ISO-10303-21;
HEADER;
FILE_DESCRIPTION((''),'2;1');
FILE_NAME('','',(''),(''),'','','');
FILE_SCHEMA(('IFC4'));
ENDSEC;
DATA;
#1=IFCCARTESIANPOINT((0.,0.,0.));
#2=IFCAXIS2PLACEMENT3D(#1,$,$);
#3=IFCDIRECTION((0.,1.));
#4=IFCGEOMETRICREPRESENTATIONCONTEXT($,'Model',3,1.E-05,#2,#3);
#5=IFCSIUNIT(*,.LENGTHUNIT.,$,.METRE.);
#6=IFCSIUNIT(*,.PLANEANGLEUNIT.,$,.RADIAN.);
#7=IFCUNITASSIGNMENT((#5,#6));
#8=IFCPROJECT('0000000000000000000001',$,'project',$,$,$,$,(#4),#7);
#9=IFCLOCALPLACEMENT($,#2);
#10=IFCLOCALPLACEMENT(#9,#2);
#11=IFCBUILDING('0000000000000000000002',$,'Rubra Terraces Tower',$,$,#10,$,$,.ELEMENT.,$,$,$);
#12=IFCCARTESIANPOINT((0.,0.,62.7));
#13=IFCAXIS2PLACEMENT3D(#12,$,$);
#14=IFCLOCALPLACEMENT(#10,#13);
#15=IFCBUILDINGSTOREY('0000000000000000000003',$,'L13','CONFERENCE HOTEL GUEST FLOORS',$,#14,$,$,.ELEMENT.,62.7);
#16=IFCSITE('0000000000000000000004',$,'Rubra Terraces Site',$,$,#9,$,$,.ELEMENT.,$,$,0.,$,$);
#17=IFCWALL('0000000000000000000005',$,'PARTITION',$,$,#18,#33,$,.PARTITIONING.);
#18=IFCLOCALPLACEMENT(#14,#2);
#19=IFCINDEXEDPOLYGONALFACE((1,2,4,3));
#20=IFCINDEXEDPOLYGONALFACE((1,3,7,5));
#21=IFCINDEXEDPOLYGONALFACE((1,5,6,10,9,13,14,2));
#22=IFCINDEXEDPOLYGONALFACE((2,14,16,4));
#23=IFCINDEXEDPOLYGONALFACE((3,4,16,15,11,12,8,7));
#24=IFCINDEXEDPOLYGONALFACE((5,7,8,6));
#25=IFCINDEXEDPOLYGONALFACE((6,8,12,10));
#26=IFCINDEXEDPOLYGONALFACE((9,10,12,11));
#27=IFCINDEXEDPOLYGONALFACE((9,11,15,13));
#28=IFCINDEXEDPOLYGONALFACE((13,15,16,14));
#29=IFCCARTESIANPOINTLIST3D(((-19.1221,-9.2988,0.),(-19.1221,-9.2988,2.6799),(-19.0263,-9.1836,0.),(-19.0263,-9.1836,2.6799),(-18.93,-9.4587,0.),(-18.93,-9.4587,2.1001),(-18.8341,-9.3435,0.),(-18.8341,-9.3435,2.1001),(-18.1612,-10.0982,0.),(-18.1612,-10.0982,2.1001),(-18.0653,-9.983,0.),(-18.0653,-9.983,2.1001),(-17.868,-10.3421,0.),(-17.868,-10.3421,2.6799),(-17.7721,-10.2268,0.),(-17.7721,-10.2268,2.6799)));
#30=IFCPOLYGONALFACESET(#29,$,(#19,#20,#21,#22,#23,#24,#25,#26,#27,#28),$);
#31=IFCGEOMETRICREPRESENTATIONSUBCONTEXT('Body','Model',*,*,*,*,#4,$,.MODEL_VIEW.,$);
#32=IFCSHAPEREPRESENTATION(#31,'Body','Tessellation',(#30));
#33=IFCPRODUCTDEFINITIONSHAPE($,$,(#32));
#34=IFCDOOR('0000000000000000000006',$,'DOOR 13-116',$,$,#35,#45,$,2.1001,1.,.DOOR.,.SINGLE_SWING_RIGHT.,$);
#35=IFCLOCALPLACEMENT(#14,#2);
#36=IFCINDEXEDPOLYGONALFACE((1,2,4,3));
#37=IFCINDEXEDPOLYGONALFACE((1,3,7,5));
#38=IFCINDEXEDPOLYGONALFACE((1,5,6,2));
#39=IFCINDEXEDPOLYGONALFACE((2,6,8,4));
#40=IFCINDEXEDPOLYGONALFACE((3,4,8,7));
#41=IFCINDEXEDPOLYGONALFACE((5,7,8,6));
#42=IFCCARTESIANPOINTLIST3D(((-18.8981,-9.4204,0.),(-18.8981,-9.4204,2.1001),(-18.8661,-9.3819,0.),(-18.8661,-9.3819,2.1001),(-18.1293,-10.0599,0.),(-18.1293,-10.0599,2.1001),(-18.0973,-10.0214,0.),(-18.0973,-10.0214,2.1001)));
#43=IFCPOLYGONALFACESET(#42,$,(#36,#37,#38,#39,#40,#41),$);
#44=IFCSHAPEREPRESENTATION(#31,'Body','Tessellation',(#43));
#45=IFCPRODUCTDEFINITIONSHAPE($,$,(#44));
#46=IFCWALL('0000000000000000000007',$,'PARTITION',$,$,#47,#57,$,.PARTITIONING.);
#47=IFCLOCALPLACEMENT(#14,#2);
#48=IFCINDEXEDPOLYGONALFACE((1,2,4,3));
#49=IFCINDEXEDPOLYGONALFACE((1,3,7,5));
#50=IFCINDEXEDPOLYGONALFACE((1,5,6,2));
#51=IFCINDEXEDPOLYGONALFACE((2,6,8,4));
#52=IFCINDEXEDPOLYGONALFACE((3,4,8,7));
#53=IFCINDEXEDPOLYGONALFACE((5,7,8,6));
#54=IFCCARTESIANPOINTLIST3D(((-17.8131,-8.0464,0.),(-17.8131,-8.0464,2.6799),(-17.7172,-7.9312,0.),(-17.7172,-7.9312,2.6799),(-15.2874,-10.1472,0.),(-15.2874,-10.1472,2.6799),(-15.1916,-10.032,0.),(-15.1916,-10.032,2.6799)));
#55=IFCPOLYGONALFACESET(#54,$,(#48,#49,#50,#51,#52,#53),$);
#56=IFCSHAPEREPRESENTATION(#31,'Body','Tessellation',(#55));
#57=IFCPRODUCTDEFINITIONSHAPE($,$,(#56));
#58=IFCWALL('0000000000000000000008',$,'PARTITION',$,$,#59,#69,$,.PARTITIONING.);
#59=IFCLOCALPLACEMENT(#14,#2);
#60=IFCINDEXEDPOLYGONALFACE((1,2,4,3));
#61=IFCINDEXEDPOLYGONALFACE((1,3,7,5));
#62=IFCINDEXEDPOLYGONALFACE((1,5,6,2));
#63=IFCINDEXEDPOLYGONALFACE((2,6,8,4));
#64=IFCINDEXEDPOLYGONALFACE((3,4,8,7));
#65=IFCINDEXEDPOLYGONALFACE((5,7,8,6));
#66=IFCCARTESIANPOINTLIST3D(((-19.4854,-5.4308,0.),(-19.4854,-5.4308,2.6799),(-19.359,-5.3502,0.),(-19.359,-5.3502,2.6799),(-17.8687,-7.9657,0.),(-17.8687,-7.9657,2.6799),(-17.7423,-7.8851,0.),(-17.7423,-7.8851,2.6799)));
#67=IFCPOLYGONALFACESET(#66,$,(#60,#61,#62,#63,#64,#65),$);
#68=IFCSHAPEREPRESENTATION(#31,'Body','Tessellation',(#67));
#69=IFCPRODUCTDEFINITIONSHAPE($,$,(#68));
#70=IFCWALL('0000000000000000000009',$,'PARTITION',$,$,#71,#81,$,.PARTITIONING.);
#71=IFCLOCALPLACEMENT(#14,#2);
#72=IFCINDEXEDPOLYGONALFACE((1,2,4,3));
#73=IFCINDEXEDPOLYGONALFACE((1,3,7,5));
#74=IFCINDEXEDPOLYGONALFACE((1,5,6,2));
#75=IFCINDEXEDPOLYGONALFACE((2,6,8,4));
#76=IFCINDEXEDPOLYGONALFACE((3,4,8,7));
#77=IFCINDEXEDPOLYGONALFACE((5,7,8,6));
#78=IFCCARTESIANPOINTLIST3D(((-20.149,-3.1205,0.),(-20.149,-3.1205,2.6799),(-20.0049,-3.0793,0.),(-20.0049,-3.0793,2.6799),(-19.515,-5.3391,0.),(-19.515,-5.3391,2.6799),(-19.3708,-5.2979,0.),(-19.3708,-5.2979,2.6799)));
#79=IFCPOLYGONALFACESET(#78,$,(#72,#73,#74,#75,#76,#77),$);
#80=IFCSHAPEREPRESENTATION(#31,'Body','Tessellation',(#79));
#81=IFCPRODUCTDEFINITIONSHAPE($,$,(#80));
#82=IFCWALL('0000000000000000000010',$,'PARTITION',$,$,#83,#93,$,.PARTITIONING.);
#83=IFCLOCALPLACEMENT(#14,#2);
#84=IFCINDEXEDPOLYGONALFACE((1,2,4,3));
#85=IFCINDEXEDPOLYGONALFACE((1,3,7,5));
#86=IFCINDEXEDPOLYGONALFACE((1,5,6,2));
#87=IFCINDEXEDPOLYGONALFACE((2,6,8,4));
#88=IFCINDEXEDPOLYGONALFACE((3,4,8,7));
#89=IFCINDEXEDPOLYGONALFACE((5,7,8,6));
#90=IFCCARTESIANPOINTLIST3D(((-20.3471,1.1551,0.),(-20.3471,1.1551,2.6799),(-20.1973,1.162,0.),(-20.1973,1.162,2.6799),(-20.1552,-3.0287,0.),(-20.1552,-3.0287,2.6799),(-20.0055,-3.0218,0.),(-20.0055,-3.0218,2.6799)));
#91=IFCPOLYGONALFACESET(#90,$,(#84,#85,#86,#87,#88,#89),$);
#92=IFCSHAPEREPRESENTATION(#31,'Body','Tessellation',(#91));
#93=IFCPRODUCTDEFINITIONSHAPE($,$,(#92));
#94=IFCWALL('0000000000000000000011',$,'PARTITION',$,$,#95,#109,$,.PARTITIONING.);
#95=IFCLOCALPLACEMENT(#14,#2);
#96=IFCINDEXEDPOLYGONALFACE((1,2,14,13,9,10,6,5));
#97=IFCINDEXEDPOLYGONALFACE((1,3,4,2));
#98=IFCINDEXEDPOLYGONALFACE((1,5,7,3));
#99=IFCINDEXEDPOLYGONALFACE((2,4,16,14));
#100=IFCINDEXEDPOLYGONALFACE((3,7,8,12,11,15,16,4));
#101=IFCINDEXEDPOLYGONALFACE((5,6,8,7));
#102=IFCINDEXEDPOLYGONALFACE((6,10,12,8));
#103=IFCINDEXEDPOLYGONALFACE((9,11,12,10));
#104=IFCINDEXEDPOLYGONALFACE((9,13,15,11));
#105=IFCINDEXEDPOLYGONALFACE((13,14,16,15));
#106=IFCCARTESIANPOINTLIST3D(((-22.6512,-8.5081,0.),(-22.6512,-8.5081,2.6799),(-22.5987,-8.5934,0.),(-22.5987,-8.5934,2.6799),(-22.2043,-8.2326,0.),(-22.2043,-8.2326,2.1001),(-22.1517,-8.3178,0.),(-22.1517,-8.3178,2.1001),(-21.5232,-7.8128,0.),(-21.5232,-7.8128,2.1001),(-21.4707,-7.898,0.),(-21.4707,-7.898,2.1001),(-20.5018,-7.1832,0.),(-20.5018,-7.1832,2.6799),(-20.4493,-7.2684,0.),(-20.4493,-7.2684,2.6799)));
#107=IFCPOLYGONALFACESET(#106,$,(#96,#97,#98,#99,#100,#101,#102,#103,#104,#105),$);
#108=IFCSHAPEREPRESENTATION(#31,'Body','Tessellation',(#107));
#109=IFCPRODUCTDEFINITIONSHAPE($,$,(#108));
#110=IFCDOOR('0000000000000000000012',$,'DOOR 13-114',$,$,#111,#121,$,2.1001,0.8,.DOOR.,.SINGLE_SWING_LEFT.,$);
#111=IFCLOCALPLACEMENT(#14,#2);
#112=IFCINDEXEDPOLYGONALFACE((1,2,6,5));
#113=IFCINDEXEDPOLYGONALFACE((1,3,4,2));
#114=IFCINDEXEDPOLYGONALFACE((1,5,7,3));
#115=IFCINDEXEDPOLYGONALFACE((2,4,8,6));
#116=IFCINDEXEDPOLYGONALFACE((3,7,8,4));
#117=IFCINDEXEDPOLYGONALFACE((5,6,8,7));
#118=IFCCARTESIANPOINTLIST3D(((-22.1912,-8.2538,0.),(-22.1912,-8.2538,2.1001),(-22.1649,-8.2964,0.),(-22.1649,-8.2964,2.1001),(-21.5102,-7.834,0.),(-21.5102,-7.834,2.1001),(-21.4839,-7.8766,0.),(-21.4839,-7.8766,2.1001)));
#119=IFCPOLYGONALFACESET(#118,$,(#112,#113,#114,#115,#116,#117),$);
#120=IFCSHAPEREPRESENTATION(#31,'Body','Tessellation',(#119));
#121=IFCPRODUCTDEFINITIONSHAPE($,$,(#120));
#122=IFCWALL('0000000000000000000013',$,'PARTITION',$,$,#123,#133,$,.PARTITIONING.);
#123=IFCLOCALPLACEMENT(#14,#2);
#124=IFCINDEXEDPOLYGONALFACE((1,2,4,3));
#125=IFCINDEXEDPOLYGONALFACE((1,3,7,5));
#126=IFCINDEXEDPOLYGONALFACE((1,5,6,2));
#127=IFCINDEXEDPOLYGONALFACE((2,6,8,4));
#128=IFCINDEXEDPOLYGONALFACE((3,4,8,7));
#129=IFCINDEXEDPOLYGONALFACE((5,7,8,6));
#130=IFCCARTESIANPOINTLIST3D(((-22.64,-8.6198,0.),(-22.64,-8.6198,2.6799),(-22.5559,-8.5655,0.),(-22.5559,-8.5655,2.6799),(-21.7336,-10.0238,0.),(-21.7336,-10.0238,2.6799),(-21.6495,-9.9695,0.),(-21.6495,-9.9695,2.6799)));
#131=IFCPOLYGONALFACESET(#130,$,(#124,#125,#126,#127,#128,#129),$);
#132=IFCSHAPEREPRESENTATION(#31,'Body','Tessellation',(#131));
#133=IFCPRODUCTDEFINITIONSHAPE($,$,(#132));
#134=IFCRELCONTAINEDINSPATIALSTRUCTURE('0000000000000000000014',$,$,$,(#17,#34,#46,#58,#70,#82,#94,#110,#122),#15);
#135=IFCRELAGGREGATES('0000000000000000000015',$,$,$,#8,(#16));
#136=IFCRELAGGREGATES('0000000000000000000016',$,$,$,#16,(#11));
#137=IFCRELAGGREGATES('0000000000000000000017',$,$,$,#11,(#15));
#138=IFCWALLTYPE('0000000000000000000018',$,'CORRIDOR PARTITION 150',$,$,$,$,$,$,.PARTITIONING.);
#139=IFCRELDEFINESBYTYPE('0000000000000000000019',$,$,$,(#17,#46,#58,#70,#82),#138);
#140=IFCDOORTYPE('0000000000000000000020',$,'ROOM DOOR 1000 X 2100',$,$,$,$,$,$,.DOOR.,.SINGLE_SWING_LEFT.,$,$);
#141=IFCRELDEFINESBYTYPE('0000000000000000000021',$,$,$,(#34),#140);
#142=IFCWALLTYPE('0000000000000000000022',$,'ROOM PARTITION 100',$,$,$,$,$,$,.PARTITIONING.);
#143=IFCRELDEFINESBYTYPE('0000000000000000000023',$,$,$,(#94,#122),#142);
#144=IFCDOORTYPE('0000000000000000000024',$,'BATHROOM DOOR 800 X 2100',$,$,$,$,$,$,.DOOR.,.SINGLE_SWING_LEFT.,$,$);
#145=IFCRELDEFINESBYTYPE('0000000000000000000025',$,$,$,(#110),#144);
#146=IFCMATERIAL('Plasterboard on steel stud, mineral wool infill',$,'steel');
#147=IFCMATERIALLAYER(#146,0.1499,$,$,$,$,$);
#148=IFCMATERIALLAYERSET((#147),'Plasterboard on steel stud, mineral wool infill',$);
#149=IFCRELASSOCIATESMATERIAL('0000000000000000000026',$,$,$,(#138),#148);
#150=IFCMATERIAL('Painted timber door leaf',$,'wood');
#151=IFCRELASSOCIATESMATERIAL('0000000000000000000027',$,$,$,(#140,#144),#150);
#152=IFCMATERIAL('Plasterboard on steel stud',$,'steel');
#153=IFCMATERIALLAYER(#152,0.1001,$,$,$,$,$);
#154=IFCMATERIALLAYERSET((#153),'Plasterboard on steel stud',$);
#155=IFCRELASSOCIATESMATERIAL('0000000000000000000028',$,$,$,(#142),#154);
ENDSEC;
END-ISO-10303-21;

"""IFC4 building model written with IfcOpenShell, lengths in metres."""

from ifc_helpers import new_model, si_unit, direction, frame, frame_2d, origin, place, context, subcontext, project, spatial, rectangle, extrude, material, layer, layer_set, type_object, element, fill, save


model = new_model("IFC4")

# Units and contexts
model_context = context("Model", 3, precision=1e-05, world=origin(), true_north=direction((0.0, 1.0)))
body_context = subcontext(model_context, "Body", "Model", "MODEL_VIEW")
ifc_project = project(units=[si_unit("LENGTHUNIT", "METRE"), si_unit("PLANEANGLEUNIT", "RADIAN")], contexts=[model_context])

# Site, building, storey
site_placement = place(None, origin())
site = spatial("IfcSite", under=ifc_project, at=site_placement, Name="Rubra Terraces Site", CompositionType="ELEMENT", RefElevation=0.0)
building_placement = place(site_placement, origin())
building = spatial("IfcBuilding", under=site, at=building_placement, Name="Rubra Terraces Tower", CompositionType="ELEMENT")
storey_placement = place(building_placement, frame((0.0, 0.0, 62.7)))
storey = spatial("IfcBuildingStorey", under=building, at=storey_placement, Name="L13", Description="CONFERENCE HOTEL GUEST FLOORS", CompositionType="ELEMENT", Elevation=62.7)

# Shared definitions
ifc_material_1 = material(Name="Plasterboard on steel stud, mineral wool infill", Category="steel")
ifc_layer_1 = layer(ifc_material_1, 0.1499)
ifc_layer_set_1 = layer_set([ifc_layer_1], Name="Plasterboard on steel stud, mineral wool infill")
wall_type_1 = type_object("IfcWallType", Name="CORRIDOR PARTITION 150", PredefinedType="PARTITIONING", material=ifc_layer_set_1)

# Wall, opening, door
wall_1_placement = place(storey_placement, frame((-19.0742, -9.2412, 0.0), z_axis=(0.0, 0.0, 1.0), x_axis=(0.768798, -0.639492, 0.0)))
wall_1 = element("IfcWall", 1, at=wall_1_placement, inside=storey, type_object=wall_type_1, Name="PARTITION", PredefinedType="PARTITIONING", context=body_context, shape_type="SweptSolid", body=[
    extrude(rectangle(XDim=1.6313, YDim=0.1499, at=frame_2d((0.8157, 0.0))), origin(), (0.0, 0.0, 1.0), 2.6799),
])
opening_1_placement = place(wall_1_placement, frame((0.25, 0.0, 0.0)))
opening_1 = element("IfcOpeningElement", 2, at=opening_1_placement, cuts=wall_1, PredefinedType="OPENING", context=body_context, shape_type="SweptSolid", body=[
    extrude(rectangle(XDim=1.0, YDim=2.1001, at=frame_2d((0.5, 1.05))), frame((0.0, 0.085, 0.0), z_axis=(0.0, -1.0, 0.0), x_axis=(1.0, 0.0, 0.0)), (0.0, 0.0, 1.0), 0.1699),
])
ifc_material_2 = material(Name="Painted timber door leaf", Category="wood")
door_type_1 = type_object("IfcDoorType", Name="ROOM DOOR 1000 X 2100", OperationType="SINGLE_SWING_LEFT", PredefinedType="DOOR", material=ifc_material_2)
door_1_placement = place(opening_1_placement, origin())
door_1 = element("IfcDoor", 3, at=door_1_placement, inside=storey, type_object=door_type_1, Name="DOOR 13-116", OperationType="SINGLE_SWING_RIGHT", OverallHeight=2.1001, OverallWidth=1.0, PredefinedType="DOOR", context=body_context, shape_type="SweptSolid", body=[
    extrude(rectangle(XDim=1.0, YDim=2.1001, at=frame_2d((0.5, 1.05))), frame((0.0, 0.0249, 0.0), z_axis=(0.0, -1.0, 0.0), x_axis=(1.0, 0.0, 0.0)), (0.0, 0.0, 1.0), 0.05),
])
fill(opening_1, door_1)

# Walls
wall_2_placement = place(storey_placement, frame((-15.2395, -10.0896, 0.0), z_axis=(0.0, 0.0, 1.0), x_axis=(-0.7688, 0.63949, 0.0)))
element("IfcWall", 4, at=wall_2_placement, inside=storey, type_object=wall_type_1, Name="PARTITION", PredefinedType="PARTITIONING", context=body_context, shape_type="SweptSolid", body=[
    extrude(rectangle(XDim=3.2852, YDim=0.1499, at=frame_2d((1.6426, 0.0))), origin(), (0.0, 0.0, 1.0), 2.6799),
])
wall_3_placement = place(storey_placement, frame((-17.8054, -7.9255, 0.0), z_axis=(0.0, 0.0, 1.0), x_axis=(-0.537721, 0.843123, 0.0)))
element("IfcWall", 5, at=wall_3_placement, inside=storey, type_object=wall_type_1, Name="PARTITION", PredefinedType="PARTITIONING", context=body_context, shape_type="SweptSolid", body=[
    extrude(rectangle(XDim=3.0066, YDim=0.1499, at=frame_2d((1.5034, 0.0))), origin(), (0.0, 0.0, 1.0), 2.6799),
])
wall_4_placement = place(storey_placement, frame((-19.4429, -5.3186, 0.0), z_axis=(0.0, 0.0, 1.0), x_axis=(-0.274791, 0.961504, 0.0)))
element("IfcWall", 6, at=wall_4_placement, inside=storey, type_object=wall_type_1, Name="PARTITION", PredefinedType="PARTITIONING", context=body_context, shape_type="SweptSolid", body=[
    extrude(rectangle(XDim=2.3074, YDim=0.1499, at=frame_2d((1.1538, 0.0))), origin(), (0.0, 0.0, 1.0), 2.6799),
])
wall_5_placement = place(storey_placement, frame((-20.0803, -3.0254, 0.0), z_axis=(0.0, 0.0, 1.0), x_axis=(-0.045818, 0.99895, 0.0)))
element("IfcWall", 7, at=wall_5_placement, inside=storey, type_object=wall_type_1, Name="PARTITION", PredefinedType="PARTITIONING", context=body_context, shape_type="SweptSolid", body=[
    extrude(rectangle(XDim=4.1882, YDim=0.1499, at=frame_2d((2.0942, 0.0))), origin(), (0.0, 0.0, 1.0), 2.6799),
])

# Wall, opening, door
ifc_material_3 = material(Name="Plasterboard on steel stud", Category="steel")
ifc_layer_2 = layer(ifc_material_3, 0.1001)
ifc_layer_set_2 = layer_set([ifc_layer_2], Name="Plasterboard on steel stud")
wall_type_2 = type_object("IfcWallType", Name="ROOM PARTITION 100", PredefinedType="PARTITIONING", material=ifc_layer_set_2)
wall_6_placement = place(storey_placement, frame((-20.4756, -7.2258, 0.0), z_axis=(0.0, 0.0, 1.0), x_axis=(-0.851263, -0.524739, 0.0)))
wall_6 = element("IfcWall", 8, at=wall_6_placement, inside=storey, type_object=wall_type_2, Name="PARTITION", PredefinedType="PARTITIONING", context=body_context, shape_type="SweptSolid", body=[
    extrude(rectangle(XDim=2.5249, YDim=0.1001, at=frame_2d((1.2625, 0.0))), origin(), (0.0, 0.0, 1.0), 2.6799),
])
opening_2_placement = place(wall_6_placement, frame((1.2, 0.0, 0.0)))
opening_2 = element("IfcOpeningElement", 9, at=opening_2_placement, cuts=wall_6, PredefinedType="OPENING", context=body_context, shape_type="SweptSolid", body=[
    extrude(rectangle(XDim=0.8, YDim=2.1001, at=frame_2d((0.3999, 1.05))), frame((0.0, 0.0601, 0.0), z_axis=(0.0, -1.0, 0.0), x_axis=(1.0, 0.0, 0.0)), (0.0, 0.0, 1.0), 0.1201),
])
door_type_2 = type_object("IfcDoorType", Name="BATHROOM DOOR 800 X 2100", OperationType="SINGLE_SWING_LEFT", PredefinedType="DOOR", material=ifc_material_2)
door_2_placement = place(opening_2_placement, origin())
door_2 = element("IfcDoor", 10, at=door_2_placement, inside=storey, type_object=door_type_2, Name="DOOR 13-114", OperationType="SINGLE_SWING_LEFT", OverallHeight=2.1001, OverallWidth=0.8, PredefinedType="DOOR", context=body_context, shape_type="SweptSolid", body=[
    extrude(rectangle(XDim=0.8, YDim=2.1001, at=frame_2d((0.3999, 1.05))), frame((0.0, 0.0249, 0.0), z_axis=(0.0, -1.0, 0.0), x_axis=(1.0, 0.0, 0.0)), (0.0, 0.0, 1.0), 0.05),
])
fill(opening_2, door_2)

# Wall
wall_7_placement = place(storey_placement, frame((-22.5979, -8.5928, 0.0), z_axis=(0.0, 0.0, 1.0), x_axis=(0.542403, -0.840118, 0.0)))
element("IfcWall", 11, at=wall_7_placement, inside=storey, type_object=wall_type_2, Name="PARTITION", PredefinedType="PARTITIONING", context=body_context, shape_type="SweptSolid", body=[
    extrude(rectangle(XDim=1.6711, YDim=0.1001, at=frame_2d((0.8354, 0.0))), origin(), (0.0, 0.0, 1.0), 2.6799),
])

save(model, "model.ifc")
